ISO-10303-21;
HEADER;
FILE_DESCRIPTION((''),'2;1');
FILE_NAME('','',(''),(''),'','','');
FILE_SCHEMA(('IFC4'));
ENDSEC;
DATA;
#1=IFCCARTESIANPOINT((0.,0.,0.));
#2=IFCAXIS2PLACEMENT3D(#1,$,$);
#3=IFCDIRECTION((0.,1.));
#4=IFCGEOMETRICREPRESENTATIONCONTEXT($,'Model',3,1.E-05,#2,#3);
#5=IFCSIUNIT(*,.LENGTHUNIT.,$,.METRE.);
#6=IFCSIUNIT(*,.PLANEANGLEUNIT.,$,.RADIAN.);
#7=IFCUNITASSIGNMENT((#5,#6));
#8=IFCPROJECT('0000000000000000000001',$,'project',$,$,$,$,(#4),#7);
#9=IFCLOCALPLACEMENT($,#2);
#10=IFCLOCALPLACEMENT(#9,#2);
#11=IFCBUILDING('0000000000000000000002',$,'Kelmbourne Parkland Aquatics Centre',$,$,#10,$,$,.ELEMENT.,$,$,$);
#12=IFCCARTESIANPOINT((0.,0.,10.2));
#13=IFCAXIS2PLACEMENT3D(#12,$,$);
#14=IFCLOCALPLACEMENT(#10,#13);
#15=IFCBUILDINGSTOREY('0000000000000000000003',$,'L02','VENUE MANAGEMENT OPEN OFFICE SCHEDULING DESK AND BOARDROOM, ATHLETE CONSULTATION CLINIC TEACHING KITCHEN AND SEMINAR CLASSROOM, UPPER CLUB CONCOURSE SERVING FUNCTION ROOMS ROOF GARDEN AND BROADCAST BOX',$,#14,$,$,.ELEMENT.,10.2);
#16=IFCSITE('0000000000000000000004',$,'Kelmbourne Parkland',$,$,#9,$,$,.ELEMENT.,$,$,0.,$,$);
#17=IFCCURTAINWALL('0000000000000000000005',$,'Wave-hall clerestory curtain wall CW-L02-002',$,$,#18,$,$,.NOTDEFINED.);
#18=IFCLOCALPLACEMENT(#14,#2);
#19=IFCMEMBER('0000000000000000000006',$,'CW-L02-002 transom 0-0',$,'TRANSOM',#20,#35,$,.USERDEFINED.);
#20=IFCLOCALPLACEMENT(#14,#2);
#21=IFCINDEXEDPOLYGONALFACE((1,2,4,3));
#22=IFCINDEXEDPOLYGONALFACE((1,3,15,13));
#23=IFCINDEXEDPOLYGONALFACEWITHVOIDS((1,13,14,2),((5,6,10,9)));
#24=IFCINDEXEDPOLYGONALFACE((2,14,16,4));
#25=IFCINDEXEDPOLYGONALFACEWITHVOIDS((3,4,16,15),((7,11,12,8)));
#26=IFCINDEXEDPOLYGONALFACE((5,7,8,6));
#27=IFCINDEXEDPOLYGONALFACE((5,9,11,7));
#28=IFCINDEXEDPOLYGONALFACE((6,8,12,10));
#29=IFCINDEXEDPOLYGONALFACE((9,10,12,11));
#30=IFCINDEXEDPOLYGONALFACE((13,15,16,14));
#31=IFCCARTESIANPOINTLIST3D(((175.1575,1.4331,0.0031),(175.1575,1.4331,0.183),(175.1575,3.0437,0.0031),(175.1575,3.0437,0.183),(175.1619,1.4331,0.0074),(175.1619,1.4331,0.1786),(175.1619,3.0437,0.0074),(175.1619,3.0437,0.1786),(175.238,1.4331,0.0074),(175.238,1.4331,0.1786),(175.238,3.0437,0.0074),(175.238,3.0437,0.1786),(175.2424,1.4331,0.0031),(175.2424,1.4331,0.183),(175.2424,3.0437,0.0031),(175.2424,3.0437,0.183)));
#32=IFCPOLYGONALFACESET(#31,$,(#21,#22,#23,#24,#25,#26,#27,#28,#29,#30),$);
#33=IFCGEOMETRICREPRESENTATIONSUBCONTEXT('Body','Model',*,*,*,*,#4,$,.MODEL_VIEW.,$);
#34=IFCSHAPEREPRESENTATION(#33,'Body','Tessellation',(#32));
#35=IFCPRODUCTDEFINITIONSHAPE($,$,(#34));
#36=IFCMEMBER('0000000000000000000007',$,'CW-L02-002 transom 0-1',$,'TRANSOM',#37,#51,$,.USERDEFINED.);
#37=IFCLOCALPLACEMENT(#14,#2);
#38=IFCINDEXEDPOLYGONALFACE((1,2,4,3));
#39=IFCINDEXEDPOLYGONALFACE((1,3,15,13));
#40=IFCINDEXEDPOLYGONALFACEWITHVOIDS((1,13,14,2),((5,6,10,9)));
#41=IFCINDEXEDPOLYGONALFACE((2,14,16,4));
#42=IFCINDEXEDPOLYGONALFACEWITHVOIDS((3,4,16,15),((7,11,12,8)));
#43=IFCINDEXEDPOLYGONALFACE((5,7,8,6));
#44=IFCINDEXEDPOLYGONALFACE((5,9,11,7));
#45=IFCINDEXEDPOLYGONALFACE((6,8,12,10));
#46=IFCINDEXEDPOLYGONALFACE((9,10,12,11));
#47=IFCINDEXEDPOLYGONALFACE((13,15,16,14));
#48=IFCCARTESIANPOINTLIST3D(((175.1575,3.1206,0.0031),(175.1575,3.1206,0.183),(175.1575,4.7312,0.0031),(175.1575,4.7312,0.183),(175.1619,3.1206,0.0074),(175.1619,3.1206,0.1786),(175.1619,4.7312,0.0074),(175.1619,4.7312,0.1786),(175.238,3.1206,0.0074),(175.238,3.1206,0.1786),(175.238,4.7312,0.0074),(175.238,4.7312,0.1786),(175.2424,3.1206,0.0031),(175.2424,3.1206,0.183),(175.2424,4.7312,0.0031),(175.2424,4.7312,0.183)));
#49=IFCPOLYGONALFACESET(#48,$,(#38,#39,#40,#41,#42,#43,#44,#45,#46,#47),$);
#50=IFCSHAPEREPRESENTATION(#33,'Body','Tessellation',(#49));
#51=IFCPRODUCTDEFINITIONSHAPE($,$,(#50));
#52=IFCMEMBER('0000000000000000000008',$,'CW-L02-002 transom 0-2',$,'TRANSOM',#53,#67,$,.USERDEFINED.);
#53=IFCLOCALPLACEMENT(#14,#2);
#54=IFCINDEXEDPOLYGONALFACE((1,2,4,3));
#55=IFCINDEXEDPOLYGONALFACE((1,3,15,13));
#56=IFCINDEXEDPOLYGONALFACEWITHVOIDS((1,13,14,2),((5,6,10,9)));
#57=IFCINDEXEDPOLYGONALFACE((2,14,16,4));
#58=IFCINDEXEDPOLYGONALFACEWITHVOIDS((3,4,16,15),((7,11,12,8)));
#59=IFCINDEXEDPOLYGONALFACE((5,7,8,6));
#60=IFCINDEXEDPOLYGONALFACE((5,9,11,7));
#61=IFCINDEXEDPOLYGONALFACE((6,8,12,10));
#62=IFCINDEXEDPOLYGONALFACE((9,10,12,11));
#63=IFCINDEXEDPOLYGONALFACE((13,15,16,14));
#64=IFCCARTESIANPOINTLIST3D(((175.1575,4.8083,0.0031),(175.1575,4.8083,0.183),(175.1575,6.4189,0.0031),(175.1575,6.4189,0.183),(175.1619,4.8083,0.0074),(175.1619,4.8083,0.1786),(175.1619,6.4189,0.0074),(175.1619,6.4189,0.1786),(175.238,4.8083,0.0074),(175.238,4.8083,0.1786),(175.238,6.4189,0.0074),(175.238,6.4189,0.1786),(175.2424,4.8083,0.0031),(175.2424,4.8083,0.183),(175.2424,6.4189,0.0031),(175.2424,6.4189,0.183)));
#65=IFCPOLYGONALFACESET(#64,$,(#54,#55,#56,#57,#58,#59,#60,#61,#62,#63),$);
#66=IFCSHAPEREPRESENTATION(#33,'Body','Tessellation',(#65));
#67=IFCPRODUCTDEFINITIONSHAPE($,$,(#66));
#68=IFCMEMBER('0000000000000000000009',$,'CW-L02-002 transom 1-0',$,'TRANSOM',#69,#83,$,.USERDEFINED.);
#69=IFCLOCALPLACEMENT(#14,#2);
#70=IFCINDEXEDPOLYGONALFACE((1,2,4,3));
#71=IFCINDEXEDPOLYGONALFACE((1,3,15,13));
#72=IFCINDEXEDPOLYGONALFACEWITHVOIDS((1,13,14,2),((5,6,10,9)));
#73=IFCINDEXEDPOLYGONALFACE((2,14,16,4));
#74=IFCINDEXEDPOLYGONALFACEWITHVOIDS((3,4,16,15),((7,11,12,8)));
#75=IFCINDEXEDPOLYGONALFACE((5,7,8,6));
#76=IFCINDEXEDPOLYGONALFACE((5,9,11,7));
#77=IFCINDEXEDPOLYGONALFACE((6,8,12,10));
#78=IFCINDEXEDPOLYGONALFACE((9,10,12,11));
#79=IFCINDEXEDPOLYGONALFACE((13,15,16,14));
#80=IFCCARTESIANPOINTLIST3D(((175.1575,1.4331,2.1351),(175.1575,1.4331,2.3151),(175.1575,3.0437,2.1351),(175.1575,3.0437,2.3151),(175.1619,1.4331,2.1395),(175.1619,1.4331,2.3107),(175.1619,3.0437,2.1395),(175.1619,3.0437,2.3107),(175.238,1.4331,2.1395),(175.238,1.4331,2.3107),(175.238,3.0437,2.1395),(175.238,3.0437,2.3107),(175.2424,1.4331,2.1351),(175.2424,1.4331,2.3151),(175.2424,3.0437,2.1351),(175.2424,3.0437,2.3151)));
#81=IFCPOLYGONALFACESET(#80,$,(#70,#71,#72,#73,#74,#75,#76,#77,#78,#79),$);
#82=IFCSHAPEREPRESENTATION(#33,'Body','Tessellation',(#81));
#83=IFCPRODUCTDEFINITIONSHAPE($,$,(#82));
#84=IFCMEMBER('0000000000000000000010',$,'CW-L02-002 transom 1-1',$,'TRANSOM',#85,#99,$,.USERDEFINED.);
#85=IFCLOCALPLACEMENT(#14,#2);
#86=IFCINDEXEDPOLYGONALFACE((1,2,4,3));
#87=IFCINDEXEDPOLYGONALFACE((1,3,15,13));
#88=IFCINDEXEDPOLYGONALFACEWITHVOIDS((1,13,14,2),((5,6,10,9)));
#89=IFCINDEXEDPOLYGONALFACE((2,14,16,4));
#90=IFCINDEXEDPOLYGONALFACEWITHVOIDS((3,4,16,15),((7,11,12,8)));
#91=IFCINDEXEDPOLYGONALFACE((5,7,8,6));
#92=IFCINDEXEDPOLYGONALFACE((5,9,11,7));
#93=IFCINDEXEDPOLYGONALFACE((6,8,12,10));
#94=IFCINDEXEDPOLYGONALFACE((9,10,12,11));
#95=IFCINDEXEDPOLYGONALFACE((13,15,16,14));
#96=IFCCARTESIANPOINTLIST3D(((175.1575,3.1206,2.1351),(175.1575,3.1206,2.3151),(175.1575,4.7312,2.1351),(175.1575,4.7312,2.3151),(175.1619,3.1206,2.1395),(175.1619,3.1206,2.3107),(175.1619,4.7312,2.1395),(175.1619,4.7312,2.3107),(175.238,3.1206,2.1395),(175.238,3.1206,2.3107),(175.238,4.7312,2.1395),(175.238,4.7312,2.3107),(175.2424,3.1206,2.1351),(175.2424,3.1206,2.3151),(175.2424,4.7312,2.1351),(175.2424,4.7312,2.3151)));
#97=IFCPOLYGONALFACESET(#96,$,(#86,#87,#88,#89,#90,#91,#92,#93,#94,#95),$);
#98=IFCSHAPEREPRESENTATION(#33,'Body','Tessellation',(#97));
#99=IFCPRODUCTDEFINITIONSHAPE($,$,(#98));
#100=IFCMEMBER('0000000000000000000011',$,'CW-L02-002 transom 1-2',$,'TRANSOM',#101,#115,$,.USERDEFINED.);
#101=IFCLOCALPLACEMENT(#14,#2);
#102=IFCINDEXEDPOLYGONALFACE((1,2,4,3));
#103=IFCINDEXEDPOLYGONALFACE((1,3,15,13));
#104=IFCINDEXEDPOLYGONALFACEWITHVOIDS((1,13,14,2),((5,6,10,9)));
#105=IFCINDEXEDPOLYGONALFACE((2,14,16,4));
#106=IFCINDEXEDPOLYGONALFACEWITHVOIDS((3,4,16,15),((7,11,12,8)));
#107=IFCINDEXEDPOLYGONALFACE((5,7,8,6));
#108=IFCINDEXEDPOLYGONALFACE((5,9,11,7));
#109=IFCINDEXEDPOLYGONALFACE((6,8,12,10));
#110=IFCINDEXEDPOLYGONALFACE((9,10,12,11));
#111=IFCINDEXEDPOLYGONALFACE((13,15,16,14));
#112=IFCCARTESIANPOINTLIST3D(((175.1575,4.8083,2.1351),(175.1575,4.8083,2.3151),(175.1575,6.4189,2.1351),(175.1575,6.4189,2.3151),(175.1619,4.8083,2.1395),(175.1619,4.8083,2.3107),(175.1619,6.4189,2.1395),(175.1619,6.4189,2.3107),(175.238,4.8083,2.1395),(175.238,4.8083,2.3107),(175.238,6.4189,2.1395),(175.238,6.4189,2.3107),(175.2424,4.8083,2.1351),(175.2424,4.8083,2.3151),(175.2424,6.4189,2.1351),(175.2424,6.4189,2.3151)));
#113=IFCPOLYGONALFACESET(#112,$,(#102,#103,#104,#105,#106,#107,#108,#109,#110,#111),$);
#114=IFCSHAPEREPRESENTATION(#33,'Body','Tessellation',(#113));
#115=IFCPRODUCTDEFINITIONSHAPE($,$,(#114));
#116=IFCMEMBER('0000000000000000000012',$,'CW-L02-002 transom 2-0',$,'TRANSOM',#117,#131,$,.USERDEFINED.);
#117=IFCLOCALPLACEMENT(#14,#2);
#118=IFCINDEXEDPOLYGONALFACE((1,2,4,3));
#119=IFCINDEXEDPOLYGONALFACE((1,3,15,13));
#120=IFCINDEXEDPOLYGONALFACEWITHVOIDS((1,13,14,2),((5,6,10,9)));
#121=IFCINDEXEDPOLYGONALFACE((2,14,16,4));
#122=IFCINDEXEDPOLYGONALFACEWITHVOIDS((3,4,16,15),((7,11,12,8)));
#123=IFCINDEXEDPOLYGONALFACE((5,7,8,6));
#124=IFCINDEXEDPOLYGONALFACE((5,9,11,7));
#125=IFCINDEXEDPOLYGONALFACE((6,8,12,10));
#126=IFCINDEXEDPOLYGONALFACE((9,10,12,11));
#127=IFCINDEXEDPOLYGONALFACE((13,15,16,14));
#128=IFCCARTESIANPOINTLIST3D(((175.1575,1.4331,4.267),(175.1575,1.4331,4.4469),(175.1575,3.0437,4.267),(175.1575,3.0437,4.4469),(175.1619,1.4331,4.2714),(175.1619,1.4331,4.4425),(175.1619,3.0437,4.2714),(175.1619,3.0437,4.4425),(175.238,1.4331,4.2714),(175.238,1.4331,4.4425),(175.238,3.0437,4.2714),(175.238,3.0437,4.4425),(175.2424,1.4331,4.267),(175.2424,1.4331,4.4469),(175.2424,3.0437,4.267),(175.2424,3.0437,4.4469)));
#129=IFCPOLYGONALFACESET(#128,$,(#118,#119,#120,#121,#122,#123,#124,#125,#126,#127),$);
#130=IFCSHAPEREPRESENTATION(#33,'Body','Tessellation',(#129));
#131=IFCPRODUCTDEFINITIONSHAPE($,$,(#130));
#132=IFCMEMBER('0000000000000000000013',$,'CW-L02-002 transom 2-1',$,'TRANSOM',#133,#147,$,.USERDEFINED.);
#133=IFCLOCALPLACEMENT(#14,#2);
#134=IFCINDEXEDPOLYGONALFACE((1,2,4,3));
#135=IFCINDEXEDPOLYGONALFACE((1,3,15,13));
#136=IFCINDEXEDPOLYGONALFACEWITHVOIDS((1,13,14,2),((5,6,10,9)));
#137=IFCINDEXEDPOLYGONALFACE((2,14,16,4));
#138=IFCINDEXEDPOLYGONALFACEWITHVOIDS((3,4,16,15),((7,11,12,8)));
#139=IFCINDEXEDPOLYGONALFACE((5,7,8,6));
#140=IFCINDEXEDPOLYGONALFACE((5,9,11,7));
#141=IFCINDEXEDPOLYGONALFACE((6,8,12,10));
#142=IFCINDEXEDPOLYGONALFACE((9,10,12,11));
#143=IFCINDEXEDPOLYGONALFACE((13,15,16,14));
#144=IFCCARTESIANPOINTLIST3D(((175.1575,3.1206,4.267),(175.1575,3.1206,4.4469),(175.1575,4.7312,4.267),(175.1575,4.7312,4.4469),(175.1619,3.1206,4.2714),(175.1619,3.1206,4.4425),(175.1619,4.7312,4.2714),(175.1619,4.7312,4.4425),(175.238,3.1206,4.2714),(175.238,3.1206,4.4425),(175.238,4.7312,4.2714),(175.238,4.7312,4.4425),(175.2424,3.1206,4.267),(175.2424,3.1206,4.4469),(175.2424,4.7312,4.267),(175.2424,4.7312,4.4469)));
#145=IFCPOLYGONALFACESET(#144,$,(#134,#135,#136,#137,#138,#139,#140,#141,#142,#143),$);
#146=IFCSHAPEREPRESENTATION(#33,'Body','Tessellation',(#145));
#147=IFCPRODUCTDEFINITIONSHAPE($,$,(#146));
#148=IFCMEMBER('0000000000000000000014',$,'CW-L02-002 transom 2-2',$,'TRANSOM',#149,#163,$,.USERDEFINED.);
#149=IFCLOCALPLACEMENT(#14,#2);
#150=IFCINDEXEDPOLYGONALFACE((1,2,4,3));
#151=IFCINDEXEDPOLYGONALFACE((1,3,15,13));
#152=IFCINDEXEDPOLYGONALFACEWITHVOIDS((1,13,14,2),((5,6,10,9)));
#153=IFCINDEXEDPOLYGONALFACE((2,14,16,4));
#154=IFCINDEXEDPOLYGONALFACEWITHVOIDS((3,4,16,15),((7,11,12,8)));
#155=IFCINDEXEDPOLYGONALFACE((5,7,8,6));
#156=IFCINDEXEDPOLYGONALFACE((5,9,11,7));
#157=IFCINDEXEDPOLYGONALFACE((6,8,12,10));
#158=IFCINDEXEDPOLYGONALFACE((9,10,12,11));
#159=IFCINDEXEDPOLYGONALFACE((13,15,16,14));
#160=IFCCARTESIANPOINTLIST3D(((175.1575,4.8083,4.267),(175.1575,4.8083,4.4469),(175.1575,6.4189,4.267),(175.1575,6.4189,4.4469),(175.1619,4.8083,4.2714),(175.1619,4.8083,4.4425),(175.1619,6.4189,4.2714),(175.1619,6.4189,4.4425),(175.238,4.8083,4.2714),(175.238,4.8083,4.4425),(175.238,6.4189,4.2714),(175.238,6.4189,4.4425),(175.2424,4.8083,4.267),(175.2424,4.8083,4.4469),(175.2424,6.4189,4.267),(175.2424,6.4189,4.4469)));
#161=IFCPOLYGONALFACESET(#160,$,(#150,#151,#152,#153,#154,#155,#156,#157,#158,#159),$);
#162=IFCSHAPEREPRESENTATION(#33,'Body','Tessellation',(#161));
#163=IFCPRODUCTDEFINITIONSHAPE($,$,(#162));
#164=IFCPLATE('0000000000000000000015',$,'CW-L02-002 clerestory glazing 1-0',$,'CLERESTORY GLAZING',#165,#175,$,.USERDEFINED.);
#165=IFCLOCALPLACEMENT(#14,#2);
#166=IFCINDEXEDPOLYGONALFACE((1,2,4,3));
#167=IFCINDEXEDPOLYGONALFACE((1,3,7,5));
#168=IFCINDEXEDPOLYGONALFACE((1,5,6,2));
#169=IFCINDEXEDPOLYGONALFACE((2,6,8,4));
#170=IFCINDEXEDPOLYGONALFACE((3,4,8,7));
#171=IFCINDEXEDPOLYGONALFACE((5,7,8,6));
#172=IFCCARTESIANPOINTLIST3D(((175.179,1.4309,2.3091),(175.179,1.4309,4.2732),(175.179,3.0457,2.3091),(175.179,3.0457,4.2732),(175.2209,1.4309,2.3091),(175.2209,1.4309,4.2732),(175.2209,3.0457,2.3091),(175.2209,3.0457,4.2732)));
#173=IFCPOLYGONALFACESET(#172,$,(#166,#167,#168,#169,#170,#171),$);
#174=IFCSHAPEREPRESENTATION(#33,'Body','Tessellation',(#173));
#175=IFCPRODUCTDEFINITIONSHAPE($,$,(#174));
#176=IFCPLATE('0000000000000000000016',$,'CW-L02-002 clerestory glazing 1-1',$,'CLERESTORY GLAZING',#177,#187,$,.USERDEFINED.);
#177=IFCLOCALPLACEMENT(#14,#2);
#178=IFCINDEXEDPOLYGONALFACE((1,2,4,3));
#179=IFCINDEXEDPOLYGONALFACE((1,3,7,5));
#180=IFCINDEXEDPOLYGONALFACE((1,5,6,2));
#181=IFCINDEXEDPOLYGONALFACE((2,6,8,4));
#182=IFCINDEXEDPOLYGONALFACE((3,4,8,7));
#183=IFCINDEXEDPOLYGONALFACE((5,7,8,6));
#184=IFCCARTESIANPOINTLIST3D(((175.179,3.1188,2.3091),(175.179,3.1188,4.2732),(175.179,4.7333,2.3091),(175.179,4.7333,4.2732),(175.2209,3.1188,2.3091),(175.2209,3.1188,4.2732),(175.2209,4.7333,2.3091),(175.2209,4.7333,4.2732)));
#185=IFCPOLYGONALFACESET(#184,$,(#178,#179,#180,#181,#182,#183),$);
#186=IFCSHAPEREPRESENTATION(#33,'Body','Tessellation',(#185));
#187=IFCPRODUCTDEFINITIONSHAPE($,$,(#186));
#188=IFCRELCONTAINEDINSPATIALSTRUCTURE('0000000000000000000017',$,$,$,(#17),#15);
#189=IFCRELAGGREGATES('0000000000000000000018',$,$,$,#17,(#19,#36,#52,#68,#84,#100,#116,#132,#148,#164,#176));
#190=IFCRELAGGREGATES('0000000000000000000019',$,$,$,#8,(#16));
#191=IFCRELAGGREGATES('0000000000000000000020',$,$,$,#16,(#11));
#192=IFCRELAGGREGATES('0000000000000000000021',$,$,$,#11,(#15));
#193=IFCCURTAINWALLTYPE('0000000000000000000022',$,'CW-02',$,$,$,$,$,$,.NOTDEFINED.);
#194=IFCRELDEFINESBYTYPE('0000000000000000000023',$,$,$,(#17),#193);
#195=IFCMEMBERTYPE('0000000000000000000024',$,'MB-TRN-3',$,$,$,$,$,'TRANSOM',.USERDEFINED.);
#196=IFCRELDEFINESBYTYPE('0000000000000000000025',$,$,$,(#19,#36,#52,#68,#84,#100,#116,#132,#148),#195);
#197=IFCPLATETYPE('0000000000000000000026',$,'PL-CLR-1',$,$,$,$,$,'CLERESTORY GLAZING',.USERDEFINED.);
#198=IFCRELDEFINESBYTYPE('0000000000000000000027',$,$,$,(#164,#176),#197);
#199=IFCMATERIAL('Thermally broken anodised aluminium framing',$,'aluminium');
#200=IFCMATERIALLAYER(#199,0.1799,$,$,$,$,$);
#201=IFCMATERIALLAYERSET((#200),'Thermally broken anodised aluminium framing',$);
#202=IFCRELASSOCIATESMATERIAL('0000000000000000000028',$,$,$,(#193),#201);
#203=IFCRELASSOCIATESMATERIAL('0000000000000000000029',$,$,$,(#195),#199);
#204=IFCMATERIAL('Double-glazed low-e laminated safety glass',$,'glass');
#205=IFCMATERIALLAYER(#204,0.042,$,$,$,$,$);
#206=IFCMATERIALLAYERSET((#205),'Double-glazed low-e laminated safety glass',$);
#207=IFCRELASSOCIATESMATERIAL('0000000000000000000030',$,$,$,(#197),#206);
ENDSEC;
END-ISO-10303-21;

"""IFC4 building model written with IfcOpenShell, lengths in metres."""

from ifc_helpers import new_model, si_unit, direction, frame, origin, origin_2d, place, context, subcontext, project, spatial, rectangle, hollow_rectangle, extrude, material, layer, layer_set, material_profile, profile_set, type_object, element, aggregate, save


model = new_model("IFC4")

# Units and contexts
model_context = context("Model", 3, precision=1e-05, world=origin(), true_north=direction((0.0, 1.0)))
body_context = subcontext(model_context, "Body", "Model", "MODEL_VIEW")
ifc_project = project(units=[si_unit("LENGTHUNIT", "METRE"), si_unit("PLANEANGLEUNIT", "RADIAN")], contexts=[model_context])

# Site, building, storey
site_placement = place(None, origin())
site = spatial("IfcSite", under=ifc_project, at=site_placement, Name="Kelmbourne Parkland", CompositionType="ELEMENT", RefElevation=0.0)
building_placement = place(site_placement, origin())
building = spatial("IfcBuilding", under=site, at=building_placement, Name="Kelmbourne Parkland Aquatics Centre", CompositionType="ELEMENT")
storey_placement = place(building_placement, frame((0.0, 0.0, 10.2)))
storey = spatial("IfcBuildingStorey", under=building, at=storey_placement, Name="L02", Description="VENUE MANAGEMENT OPEN OFFICE SCHEDULING DESK AND BOARDROOM, ATHLETE CONSULTATION CLINIC TEACHING KITCHEN AND SEMINAR CLASSROOM, UPPER CLUB CONCOURSE SERVING FUNCTION ROOMS ROOF GARDEN AND BROADCAST BOX", CompositionType="ELEMENT", Elevation=10.2)

# Shared definitions
ifc_material_1 = material(Name="Thermally broken anodised aluminium framing", Category="aluminium")

# Curtain wall
ifc_layer_1 = layer(ifc_material_1, 0.1799)
ifc_layer_set_1 = layer_set([ifc_layer_1], Name="Thermally broken anodised aluminium framing")
curtain_wall_type_1 = type_object("IfcCurtainWallType", Name="CW-02", PredefinedType="NOTDEFINED", material=ifc_layer_set_1)
curtain_wall_1_placement = place(storey_placement, origin())
curtain_wall_1 = element("IfcCurtainWall", 1, at=curtain_wall_1_placement, inside=storey, type_object=curtain_wall_type_1, Name="Wave-hall clerestory curtain wall CW-L02-002", PredefinedType="NOTDEFINED")

# Members
ifc_material_profile_1 = material_profile(ifc_material_1, hollow_rectangle(XDim=0.085, YDim=0.1799, WallThickness=0.0044, at=origin_2d()), Name="CW-T 85x180")
ifc_profile_set_1 = profile_set([ifc_material_profile_1], Name="Thermally broken anodised aluminium framing")
member_type_1 = type_object("IfcMemberType", Name="MB-TRN-3", ElementType="TRANSOM", PredefinedType="USERDEFINED", material=ifc_profile_set_1)
member_1_placement = place(storey_placement, frame((175.2, 1.4331, 0.093), z_axis=(0.0, 1.0, 0.0), x_axis=(-1.0, 0.0, 0.0)))
member_1 = element("IfcMember", 2, at=member_1_placement, type_object=member_type_1, Name="CW-L02-002 transom 0-0", ObjectType="TRANSOM", PredefinedType="USERDEFINED", context=body_context, shape_type="SweptSolid", body=[
    extrude(hollow_rectangle(XDim=0.085, YDim=0.1799, WallThickness=0.0044, at=origin_2d()), origin(), (0.0, 0.0, 1.0), 1.6106),
])
member_2_placement = place(storey_placement, frame((175.2, 3.1206, 0.093), z_axis=(0.0, 1.0, 0.0), x_axis=(-1.0, 0.0, 0.0)))
member_2 = element("IfcMember", 3, at=member_2_placement, type_object=member_type_1, Name="CW-L02-002 transom 0-1", ObjectType="TRANSOM", PredefinedType="USERDEFINED", context=body_context, shape_type="SweptSolid", body=[
    extrude(hollow_rectangle(XDim=0.085, YDim=0.1799, WallThickness=0.0044, at=origin_2d()), origin(), (0.0, 0.0, 1.0), 1.6106),
])
member_3_placement = place(storey_placement, frame((175.2, 4.8083, 0.093), z_axis=(0.0, 1.0, 0.0), x_axis=(-1.0, 0.0, 0.0)))
member_3 = element("IfcMember", 4, at=member_3_placement, type_object=member_type_1, Name="CW-L02-002 transom 0-2", ObjectType="TRANSOM", PredefinedType="USERDEFINED", context=body_context, shape_type="SweptSolid", body=[
    extrude(hollow_rectangle(XDim=0.085, YDim=0.1799, WallThickness=0.0044, at=origin_2d()), origin(), (0.0, 0.0, 1.0), 1.6106),
])
member_4_placement = place(storey_placement, frame((175.2, 1.4331, 2.2251), z_axis=(0.0, 1.0, 0.0), x_axis=(-1.0, 0.0, 0.0)))
member_4 = element("IfcMember", 5, at=member_4_placement, type_object=member_type_1, Name="CW-L02-002 transom 1-0", ObjectType="TRANSOM", PredefinedType="USERDEFINED", context=body_context, shape_type="SweptSolid", body=[
    extrude(hollow_rectangle(XDim=0.085, YDim=0.1799, WallThickness=0.0044, at=origin_2d()), origin(), (0.0, 0.0, 1.0), 1.6106),
])
member_5_placement = place(storey_placement, frame((175.2, 3.1206, 2.2251), z_axis=(0.0, 1.0, 0.0), x_axis=(-1.0, 0.0, 0.0)))
member_5 = element("IfcMember", 6, at=member_5_placement, type_object=member_type_1, Name="CW-L02-002 transom 1-1", ObjectType="TRANSOM", PredefinedType="USERDEFINED", context=body_context, shape_type="SweptSolid", body=[
    extrude(hollow_rectangle(XDim=0.085, YDim=0.1799, WallThickness=0.0044, at=origin_2d()), origin(), (0.0, 0.0, 1.0), 1.6106),
])
member_6_placement = place(storey_placement, frame((175.2, 4.8083, 2.2251), z_axis=(0.0, 1.0, 0.0), x_axis=(-1.0, 0.0, 0.0)))
member_6 = element("IfcMember", 7, at=member_6_placement, type_object=member_type_1, Name="CW-L02-002 transom 1-2", ObjectType="TRANSOM", PredefinedType="USERDEFINED", context=body_context, shape_type="SweptSolid", body=[
    extrude(hollow_rectangle(XDim=0.085, YDim=0.1799, WallThickness=0.0044, at=origin_2d()), origin(), (0.0, 0.0, 1.0), 1.6106),
])
member_7_placement = place(storey_placement, frame((175.2, 1.4331, 4.3569), z_axis=(0.0, 1.0, 0.0), x_axis=(-1.0, 0.0, 0.0)))
member_7 = element("IfcMember", 8, at=member_7_placement, type_object=member_type_1, Name="CW-L02-002 transom 2-0", ObjectType="TRANSOM", PredefinedType="USERDEFINED", context=body_context, shape_type="SweptSolid", body=[
    extrude(hollow_rectangle(XDim=0.085, YDim=0.1799, WallThickness=0.0044, at=origin_2d()), origin(), (0.0, 0.0, 1.0), 1.6106),
])
member_8_placement = place(storey_placement, frame((175.2, 3.1206, 4.3569), z_axis=(0.0, 1.0, 0.0), x_axis=(-1.0, 0.0, 0.0)))
member_8 = element("IfcMember", 9, at=member_8_placement, type_object=member_type_1, Name="CW-L02-002 transom 2-1", ObjectType="TRANSOM", PredefinedType="USERDEFINED", context=body_context, shape_type="SweptSolid", body=[
    extrude(hollow_rectangle(XDim=0.085, YDim=0.1799, WallThickness=0.0044, at=origin_2d()), origin(), (0.0, 0.0, 1.0), 1.6106),
])
member_9_placement = place(storey_placement, frame((175.2, 4.8083, 4.3569), z_axis=(0.0, 1.0, 0.0), x_axis=(-1.0, 0.0, 0.0)))
member_9 = element("IfcMember", 10, at=member_9_placement, type_object=member_type_1, Name="CW-L02-002 transom 2-2", ObjectType="TRANSOM", PredefinedType="USERDEFINED", context=body_context, shape_type="SweptSolid", body=[
    extrude(hollow_rectangle(XDim=0.085, YDim=0.1799, WallThickness=0.0044, at=origin_2d()), origin(), (0.0, 0.0, 1.0), 1.6106),
])

# Plates
ifc_material_2 = material(Name="Double-glazed low-e laminated safety glass", Category="glass")
ifc_layer_2 = layer(ifc_material_2, 0.042)
ifc_layer_set_2 = layer_set([ifc_layer_2], Name="Double-glazed low-e laminated safety glass")
plate_type_1 = type_object("IfcPlateType", Name="PL-CLR-1", ElementType="CLERESTORY GLAZING", PredefinedType="USERDEFINED", material=ifc_layer_set_2)
plate_1_placement = place(storey_placement, frame((175.2, 2.2383, 2.3091), z_axis=(0.0, 0.0, 1.0), x_axis=(0.0, 1.0, 0.0)))
plate_1 = element("IfcPlate", 11, at=plate_1_placement, type_object=plate_type_1, Name="CW-L02-002 clerestory glazing 1-0", ObjectType="CLERESTORY GLAZING", PredefinedType="USERDEFINED", context=body_context, shape_type="SweptSolid", body=[
    extrude(rectangle(XDim=1.6147, YDim=0.042, at=origin_2d()), origin(), (0.0, 0.0, 1.0), 1.9641),
])
plate_2_placement = place(storey_placement, frame((175.2, 3.926, 2.3091), z_axis=(0.0, 0.0, 1.0), x_axis=(0.0, 1.0, 0.0)))
plate_2 = element("IfcPlate", 12, at=plate_2_placement, type_object=plate_type_1, Name="CW-L02-002 clerestory glazing 1-1", ObjectType="CLERESTORY GLAZING", PredefinedType="USERDEFINED", context=body_context, shape_type="SweptSolid", body=[
    extrude(rectangle(XDim=1.6145, YDim=0.042, at=origin_2d()), origin(), (0.0, 0.0, 1.0), 1.9641),
])
aggregate(curtain_wall_1, [member_1, member_2, member_3, member_4, member_5, member_6, member_7, member_8, member_9, plate_1, plate_2])

save(model, "model.ifc")
